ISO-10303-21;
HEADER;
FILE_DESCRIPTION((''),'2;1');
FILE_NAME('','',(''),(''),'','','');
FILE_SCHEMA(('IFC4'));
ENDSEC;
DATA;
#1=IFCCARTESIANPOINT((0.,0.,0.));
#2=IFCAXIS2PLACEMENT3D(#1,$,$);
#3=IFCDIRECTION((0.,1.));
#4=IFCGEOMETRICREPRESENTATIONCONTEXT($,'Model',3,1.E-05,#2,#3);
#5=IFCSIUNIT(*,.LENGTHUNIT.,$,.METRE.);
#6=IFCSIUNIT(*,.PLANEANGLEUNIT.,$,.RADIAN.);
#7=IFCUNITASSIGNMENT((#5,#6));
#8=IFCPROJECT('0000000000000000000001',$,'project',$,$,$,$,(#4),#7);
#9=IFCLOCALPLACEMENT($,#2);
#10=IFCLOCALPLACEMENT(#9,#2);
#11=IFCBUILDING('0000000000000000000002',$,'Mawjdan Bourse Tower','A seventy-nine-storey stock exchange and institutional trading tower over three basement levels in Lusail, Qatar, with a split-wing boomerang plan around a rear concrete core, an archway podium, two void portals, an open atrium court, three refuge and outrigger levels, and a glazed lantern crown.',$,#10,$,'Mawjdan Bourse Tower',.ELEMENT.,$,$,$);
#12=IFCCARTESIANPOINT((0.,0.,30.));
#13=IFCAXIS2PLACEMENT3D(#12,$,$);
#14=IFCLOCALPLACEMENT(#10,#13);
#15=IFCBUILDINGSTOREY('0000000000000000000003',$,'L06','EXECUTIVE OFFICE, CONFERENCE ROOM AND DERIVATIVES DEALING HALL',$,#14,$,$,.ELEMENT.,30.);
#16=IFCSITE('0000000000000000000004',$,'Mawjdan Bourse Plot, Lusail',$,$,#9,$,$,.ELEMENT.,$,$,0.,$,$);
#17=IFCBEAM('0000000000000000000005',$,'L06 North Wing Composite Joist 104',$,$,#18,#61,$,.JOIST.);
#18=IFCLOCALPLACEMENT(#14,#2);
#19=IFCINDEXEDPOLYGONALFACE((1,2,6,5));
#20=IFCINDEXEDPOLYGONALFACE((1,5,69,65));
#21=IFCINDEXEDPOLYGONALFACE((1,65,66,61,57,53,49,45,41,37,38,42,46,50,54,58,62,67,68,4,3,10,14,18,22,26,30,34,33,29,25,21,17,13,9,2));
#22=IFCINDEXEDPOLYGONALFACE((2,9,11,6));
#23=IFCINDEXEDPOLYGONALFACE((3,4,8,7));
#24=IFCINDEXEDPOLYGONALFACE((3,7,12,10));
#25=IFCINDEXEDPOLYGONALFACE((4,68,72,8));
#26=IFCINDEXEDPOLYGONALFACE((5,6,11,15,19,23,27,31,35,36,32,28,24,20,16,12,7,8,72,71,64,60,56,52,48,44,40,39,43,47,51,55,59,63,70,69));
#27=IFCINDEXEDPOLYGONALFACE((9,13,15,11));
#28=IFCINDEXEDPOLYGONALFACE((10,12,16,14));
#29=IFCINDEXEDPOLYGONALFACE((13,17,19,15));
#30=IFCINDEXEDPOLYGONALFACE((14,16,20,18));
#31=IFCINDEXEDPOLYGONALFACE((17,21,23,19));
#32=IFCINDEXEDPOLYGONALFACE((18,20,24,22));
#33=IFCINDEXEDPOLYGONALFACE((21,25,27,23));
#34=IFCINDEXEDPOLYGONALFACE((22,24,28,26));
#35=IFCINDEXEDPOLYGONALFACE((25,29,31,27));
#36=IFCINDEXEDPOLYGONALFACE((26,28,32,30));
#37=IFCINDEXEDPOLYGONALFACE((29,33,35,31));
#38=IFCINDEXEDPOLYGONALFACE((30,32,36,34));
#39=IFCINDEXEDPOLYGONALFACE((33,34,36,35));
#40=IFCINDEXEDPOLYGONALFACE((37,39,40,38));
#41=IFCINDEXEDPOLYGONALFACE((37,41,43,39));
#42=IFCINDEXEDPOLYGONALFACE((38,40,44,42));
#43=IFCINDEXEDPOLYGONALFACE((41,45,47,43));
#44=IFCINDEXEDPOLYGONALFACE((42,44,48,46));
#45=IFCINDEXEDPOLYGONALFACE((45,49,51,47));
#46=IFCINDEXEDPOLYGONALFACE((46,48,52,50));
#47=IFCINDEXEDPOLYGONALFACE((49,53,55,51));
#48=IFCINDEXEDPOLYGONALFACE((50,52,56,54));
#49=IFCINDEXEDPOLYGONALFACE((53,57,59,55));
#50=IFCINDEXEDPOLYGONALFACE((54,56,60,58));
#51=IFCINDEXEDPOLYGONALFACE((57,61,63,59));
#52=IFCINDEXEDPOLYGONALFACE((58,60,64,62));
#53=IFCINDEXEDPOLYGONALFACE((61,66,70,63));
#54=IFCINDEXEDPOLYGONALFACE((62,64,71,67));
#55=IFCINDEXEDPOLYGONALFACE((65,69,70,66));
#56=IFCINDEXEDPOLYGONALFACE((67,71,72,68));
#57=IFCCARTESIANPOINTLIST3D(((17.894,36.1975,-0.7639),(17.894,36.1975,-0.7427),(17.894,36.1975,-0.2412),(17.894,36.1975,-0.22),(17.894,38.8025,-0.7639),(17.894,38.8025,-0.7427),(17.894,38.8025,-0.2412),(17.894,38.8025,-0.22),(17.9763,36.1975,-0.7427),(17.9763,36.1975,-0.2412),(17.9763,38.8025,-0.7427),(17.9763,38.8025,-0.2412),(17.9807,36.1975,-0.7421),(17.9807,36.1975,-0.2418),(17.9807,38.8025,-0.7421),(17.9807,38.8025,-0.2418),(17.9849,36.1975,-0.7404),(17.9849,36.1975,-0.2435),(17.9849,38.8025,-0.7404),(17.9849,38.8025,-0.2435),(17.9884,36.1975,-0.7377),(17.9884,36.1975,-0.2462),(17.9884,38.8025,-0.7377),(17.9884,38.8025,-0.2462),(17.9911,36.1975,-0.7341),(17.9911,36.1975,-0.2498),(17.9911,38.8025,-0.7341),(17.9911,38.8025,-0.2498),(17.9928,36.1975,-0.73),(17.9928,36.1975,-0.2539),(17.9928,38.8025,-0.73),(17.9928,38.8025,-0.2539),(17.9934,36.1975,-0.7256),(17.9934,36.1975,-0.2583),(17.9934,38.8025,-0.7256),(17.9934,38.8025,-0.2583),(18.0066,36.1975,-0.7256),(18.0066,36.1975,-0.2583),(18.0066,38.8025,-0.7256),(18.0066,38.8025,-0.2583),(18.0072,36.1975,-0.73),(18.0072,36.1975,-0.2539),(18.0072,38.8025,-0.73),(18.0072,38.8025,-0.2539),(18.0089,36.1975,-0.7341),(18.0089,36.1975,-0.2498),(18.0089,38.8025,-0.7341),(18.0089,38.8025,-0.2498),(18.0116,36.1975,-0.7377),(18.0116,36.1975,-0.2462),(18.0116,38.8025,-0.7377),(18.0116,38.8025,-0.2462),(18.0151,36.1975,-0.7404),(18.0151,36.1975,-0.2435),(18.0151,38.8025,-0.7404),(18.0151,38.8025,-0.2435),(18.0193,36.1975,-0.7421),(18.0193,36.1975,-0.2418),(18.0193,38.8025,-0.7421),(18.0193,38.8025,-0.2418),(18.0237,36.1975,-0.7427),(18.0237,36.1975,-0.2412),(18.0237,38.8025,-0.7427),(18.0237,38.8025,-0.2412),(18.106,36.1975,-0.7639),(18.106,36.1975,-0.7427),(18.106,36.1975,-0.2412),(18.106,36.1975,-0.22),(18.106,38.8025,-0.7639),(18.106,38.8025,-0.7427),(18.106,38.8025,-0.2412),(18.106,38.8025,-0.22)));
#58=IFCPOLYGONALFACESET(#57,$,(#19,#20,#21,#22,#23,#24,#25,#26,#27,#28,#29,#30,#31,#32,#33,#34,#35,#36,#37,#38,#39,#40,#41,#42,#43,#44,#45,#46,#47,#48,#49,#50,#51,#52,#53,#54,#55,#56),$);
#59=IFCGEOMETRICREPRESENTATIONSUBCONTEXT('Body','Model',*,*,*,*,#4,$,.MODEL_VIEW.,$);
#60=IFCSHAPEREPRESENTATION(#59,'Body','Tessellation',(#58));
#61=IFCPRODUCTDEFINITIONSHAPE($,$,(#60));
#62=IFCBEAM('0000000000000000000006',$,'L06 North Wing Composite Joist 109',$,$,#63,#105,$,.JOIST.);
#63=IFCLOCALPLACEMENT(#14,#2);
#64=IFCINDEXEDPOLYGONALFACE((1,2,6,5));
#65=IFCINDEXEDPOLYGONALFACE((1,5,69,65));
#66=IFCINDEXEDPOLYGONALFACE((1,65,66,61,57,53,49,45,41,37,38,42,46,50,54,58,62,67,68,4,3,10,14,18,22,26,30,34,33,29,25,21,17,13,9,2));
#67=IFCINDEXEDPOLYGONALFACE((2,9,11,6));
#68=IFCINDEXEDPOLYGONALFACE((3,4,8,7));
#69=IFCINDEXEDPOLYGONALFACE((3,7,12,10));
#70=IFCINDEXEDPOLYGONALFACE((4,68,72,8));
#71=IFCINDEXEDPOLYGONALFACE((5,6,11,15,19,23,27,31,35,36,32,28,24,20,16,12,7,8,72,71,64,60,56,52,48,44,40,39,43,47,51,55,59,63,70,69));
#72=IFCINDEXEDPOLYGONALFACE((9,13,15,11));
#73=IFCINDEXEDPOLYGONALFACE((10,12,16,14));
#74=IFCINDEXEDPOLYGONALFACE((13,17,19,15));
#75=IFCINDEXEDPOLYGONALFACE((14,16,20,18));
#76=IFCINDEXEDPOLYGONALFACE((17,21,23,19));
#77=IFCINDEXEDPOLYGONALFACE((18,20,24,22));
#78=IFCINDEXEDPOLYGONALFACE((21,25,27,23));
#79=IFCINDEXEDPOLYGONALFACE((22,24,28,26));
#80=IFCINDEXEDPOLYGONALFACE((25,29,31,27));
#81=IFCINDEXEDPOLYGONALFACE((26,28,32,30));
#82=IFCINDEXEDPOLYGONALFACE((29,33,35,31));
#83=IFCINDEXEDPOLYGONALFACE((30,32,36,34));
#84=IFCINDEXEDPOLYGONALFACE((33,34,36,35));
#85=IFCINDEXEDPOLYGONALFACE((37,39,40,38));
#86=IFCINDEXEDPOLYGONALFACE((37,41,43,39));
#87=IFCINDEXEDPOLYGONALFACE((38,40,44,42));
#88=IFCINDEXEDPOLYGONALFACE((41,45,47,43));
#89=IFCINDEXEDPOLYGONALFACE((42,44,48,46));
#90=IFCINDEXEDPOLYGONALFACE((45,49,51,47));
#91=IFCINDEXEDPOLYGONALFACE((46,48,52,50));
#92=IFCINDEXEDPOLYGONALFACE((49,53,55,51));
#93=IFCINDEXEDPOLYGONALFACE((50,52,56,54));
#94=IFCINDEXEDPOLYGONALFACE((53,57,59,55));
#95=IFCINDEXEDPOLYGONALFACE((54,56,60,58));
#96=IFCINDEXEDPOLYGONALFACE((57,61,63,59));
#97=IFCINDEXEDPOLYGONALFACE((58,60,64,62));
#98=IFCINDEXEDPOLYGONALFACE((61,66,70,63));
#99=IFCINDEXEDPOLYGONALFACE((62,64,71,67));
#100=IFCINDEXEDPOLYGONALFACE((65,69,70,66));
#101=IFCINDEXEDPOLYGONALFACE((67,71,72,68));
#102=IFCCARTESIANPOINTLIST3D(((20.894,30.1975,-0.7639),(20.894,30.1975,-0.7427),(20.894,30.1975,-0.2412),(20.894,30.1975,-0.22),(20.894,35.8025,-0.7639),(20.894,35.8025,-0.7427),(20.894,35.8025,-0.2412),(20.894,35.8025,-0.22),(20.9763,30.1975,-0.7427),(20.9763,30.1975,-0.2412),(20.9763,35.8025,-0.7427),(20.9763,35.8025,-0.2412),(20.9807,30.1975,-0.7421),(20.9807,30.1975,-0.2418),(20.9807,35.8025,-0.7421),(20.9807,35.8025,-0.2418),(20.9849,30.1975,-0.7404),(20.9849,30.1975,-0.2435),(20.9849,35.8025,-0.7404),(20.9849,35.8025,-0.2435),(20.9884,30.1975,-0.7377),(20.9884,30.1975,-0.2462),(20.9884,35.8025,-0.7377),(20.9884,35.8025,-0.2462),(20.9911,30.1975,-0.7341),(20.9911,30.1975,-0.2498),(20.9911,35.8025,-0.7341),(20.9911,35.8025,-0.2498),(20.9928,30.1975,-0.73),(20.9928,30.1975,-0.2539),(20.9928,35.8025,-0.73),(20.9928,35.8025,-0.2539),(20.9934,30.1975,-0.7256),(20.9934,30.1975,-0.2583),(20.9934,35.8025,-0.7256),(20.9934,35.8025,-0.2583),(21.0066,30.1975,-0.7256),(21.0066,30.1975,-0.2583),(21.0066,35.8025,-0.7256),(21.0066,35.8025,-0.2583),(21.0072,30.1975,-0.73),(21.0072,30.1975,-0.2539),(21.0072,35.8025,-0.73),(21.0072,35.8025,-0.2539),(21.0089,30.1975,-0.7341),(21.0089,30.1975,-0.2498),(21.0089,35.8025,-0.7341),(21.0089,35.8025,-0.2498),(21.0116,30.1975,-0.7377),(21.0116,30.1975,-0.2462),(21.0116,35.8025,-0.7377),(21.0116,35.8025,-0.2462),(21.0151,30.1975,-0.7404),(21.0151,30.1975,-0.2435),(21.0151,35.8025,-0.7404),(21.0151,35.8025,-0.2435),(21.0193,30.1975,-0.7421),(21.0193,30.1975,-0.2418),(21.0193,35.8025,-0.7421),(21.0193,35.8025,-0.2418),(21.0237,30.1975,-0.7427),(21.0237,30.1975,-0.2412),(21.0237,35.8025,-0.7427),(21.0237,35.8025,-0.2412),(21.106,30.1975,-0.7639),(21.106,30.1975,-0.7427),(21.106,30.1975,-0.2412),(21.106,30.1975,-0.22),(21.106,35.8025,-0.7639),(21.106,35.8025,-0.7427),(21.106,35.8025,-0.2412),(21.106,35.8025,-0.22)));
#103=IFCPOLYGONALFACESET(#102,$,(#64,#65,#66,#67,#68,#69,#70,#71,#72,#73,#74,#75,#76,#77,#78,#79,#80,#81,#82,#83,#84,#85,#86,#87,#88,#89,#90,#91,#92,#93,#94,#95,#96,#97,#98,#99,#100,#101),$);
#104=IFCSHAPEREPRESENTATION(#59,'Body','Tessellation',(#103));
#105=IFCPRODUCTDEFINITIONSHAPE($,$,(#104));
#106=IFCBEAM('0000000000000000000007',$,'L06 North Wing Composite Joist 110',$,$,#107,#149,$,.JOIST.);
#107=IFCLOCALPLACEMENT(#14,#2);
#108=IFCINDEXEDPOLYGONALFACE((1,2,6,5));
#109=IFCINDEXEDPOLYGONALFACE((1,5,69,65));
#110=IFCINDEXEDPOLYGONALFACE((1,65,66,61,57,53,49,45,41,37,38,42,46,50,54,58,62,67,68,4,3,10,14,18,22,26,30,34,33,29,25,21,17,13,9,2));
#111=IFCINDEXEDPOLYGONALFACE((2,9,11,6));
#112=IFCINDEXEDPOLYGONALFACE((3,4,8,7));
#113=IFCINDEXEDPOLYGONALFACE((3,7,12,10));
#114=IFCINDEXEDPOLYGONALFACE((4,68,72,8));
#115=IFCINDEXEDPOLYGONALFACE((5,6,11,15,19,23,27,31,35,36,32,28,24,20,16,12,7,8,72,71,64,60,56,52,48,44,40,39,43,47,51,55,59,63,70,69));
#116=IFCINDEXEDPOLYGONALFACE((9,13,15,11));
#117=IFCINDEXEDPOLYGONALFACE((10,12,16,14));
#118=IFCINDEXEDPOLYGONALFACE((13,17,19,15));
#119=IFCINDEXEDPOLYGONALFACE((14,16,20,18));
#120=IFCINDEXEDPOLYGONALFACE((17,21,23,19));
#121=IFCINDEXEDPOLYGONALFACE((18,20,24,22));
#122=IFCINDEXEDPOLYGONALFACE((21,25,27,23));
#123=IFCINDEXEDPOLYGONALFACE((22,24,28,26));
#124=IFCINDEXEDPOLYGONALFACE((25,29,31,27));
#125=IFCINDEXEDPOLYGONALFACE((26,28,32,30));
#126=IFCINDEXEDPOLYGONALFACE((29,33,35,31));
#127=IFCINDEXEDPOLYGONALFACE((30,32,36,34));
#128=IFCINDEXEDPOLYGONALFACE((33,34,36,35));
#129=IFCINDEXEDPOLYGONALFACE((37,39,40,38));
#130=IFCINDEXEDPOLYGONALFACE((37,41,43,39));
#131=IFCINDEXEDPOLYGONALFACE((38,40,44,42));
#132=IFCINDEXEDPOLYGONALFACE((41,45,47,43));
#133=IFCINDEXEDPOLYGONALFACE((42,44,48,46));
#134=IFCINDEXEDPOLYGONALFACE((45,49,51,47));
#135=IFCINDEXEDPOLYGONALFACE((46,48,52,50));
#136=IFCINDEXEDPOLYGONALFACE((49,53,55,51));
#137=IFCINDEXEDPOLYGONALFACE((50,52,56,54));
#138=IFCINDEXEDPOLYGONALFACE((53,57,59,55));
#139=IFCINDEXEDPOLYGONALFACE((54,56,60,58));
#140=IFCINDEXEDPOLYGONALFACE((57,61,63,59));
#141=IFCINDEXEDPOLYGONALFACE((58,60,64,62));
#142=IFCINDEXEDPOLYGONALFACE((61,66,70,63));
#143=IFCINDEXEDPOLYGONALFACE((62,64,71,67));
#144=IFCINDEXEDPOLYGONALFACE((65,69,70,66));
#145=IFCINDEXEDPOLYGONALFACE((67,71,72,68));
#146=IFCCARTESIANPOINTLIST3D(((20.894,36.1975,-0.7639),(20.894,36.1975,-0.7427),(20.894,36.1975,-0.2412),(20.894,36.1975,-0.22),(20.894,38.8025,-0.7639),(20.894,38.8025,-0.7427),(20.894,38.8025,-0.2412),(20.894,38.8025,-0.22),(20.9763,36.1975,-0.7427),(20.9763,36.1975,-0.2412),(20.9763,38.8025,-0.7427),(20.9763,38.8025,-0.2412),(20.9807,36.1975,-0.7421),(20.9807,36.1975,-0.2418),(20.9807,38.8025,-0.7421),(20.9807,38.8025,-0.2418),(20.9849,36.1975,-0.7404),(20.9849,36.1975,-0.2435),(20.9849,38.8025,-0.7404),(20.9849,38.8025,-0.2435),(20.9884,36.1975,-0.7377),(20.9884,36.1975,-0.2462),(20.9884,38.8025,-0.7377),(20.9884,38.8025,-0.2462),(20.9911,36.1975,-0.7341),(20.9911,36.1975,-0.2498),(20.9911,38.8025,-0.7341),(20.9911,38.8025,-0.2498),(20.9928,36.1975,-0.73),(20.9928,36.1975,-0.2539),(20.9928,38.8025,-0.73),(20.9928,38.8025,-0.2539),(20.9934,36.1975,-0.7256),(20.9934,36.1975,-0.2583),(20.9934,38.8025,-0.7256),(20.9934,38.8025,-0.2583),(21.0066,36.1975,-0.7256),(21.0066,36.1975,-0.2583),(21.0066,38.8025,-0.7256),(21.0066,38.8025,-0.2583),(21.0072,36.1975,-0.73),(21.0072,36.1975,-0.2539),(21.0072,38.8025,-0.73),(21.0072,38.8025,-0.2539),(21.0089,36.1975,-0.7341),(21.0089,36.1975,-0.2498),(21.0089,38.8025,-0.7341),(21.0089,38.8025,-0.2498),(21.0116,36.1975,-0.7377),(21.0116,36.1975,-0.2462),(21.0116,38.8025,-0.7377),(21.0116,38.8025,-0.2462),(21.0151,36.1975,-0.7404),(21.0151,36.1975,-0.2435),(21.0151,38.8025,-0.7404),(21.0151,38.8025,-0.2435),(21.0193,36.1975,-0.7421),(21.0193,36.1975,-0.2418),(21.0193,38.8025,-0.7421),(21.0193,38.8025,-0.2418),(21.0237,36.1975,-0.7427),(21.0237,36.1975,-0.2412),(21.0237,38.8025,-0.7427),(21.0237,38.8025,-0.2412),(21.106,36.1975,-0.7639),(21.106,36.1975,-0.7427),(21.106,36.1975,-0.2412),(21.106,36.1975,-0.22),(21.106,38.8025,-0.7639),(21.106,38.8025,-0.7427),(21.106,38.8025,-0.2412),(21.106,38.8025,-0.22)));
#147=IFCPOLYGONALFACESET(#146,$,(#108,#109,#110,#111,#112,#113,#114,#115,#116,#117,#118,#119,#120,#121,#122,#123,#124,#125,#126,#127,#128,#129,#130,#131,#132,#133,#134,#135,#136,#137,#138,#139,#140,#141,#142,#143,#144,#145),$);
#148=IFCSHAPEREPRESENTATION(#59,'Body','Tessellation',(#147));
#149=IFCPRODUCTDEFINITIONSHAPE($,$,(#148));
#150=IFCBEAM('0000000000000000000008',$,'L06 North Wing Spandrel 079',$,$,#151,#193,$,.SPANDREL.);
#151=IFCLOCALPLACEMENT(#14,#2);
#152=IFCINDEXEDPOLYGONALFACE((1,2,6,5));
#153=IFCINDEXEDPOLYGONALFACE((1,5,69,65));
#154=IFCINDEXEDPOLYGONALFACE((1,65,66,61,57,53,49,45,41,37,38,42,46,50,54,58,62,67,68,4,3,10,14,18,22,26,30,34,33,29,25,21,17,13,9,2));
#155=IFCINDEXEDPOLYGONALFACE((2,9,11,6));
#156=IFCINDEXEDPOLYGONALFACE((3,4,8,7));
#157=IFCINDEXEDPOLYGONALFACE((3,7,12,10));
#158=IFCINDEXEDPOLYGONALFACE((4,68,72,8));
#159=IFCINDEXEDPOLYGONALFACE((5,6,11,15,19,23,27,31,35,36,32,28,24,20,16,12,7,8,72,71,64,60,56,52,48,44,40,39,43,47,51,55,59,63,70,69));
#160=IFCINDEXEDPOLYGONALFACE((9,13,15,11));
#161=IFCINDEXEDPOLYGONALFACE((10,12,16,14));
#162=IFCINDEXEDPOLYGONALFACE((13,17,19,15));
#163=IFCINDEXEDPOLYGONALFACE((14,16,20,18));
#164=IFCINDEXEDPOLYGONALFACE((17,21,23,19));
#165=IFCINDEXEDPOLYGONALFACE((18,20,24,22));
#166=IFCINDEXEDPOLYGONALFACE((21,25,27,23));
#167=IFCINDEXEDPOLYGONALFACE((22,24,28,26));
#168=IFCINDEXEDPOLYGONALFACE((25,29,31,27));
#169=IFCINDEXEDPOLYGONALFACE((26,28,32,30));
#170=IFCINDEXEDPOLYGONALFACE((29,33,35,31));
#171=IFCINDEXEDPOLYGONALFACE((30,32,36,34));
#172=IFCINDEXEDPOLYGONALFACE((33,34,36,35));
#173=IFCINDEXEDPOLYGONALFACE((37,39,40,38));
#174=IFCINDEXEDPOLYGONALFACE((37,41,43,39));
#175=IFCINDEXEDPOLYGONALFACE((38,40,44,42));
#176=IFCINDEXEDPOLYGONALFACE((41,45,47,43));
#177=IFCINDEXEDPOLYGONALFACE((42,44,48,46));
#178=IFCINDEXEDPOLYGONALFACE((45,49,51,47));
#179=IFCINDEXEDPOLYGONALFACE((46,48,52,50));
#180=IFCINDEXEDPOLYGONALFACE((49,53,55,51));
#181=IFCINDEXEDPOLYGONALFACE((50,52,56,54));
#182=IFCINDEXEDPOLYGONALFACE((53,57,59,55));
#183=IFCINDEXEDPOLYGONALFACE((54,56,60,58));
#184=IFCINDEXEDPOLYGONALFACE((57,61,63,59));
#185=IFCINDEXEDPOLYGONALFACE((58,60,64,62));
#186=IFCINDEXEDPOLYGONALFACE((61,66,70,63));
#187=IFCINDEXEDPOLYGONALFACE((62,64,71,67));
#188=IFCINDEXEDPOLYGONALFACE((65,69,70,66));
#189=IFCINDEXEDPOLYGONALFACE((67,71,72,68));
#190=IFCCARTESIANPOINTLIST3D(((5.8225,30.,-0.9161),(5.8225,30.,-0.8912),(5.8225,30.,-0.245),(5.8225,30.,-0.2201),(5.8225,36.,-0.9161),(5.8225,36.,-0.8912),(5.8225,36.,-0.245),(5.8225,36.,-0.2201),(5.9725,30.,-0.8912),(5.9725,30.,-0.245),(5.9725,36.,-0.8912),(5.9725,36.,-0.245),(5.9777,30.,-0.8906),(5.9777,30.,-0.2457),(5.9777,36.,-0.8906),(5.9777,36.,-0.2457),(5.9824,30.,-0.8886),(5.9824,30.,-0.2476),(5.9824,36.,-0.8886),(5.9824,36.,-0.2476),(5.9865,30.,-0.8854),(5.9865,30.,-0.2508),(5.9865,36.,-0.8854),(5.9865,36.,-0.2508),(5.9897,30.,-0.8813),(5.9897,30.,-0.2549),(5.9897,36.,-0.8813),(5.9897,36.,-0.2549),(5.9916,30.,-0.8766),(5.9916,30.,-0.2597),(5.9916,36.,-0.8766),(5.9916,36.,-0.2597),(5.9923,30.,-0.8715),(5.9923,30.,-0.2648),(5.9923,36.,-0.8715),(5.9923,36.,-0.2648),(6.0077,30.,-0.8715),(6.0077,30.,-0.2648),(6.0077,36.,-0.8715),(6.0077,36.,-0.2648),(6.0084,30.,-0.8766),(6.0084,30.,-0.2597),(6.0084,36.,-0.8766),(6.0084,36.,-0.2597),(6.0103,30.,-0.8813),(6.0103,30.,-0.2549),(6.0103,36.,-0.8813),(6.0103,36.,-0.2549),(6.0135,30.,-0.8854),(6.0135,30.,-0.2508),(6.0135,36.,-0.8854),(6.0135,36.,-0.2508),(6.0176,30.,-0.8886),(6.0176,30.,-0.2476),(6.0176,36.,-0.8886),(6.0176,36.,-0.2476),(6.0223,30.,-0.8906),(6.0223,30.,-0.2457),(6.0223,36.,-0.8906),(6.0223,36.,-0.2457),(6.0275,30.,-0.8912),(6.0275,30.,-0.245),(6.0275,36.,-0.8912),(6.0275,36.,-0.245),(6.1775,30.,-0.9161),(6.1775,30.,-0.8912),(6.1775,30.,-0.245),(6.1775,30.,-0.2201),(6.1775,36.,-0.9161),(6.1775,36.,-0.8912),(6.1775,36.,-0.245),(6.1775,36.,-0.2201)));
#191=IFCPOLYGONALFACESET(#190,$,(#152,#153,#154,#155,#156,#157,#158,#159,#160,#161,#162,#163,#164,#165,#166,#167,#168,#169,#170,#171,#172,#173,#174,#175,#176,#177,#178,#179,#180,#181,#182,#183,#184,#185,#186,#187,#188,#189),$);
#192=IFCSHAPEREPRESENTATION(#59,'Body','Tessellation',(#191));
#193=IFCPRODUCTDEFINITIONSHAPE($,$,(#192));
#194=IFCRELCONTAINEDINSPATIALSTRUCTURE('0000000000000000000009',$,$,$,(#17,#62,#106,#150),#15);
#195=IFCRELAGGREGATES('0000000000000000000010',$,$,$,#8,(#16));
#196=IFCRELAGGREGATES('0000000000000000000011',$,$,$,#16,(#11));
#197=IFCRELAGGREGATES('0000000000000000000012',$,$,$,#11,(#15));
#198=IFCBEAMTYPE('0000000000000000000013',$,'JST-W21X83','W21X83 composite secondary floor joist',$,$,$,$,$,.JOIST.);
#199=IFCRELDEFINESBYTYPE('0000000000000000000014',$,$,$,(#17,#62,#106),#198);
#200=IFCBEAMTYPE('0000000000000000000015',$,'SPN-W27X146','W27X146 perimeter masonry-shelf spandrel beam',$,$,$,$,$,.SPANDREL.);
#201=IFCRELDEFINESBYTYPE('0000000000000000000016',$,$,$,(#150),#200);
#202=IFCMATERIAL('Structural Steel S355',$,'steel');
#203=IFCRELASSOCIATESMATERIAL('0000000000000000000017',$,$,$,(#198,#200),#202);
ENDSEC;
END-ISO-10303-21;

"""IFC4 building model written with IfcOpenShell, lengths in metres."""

from ifc_helpers import new_model, si_unit, direction, frame, origin, origin_2d, place, context, subcontext, project, spatial, i_section, extrude, material, material_profile, profile_set, type_object, element, save


model = new_model("IFC4")

# Units and contexts
model_context = context("Model", 3, precision=1e-05, world=origin(), true_north=direction((0.0, 1.0)))
body_context = subcontext(model_context, "Body", "Model", "MODEL_VIEW")
ifc_project = project(units=[si_unit("LENGTHUNIT", "METRE"), si_unit("PLANEANGLEUNIT", "RADIAN")], contexts=[model_context])

# Site, building, storey
site_placement = place(None, origin())
site = spatial("IfcSite", under=ifc_project, at=site_placement, Name="Mawjdan Bourse Plot, Lusail", CompositionType="ELEMENT", RefElevation=0.0)
building_placement = place(site_placement, origin())
building = spatial("IfcBuilding", under=site, at=building_placement, Name="Mawjdan Bourse Tower", Description="A seventy-nine-storey stock exchange and institutional trading tower over three basement levels in Lusail, Qatar, with a split-wing boomerang plan around a rear concrete core, an archway podium, two void portals, an open atrium court, three refuge and outrigger levels, and a glazed lantern crown.", LongName="Mawjdan Bourse Tower", CompositionType="ELEMENT")
storey_placement = place(building_placement, frame((0.0, 0.0, 30.0)))
storey = spatial("IfcBuildingStorey", under=building, at=storey_placement, Name="L06", Description="EXECUTIVE OFFICE, CONFERENCE ROOM AND DERIVATIVES DEALING HALL", CompositionType="ELEMENT", Elevation=30.0)

# Beams
ifc_material_1 = material(Name="Structural Steel S355", Category="steel")
ifc_material_profile_1 = material_profile(ifc_material_1, i_section(OverallWidth=0.2119, OverallDepth=0.5439, WebThickness=0.0132, FlangeThickness=0.0212, FilletRadius=0.0171, at=origin_2d()), Name="W21X83")
ifc_profile_set_1 = profile_set([ifc_material_profile_1], Name="Structural Steel S355")
beam_type_1 = type_object("IfcBeamType", Name="JST-W21X83", Description="W21X83 composite secondary floor joist", PredefinedType="JOIST", material=ifc_profile_set_1)
beam_1_placement = place(storey_placement, frame((18.0, 36.1975, -0.4919), z_axis=(0.0, 1.0, 0.0), x_axis=(-1.0, 0.0, 0.0)))
element("IfcBeam", 1, at=beam_1_placement, inside=storey, type_object=beam_type_1, Name="L06 North Wing Composite Joist 104", PredefinedType="JOIST", context=body_context, shape_type="SweptSolid", body=[
    extrude(i_section(OverallWidth=0.2119, OverallDepth=0.5439, WebThickness=0.0132, FlangeThickness=0.0212, FilletRadius=0.0171, at=origin_2d()), origin(), (0.0, 0.0, 1.0), 2.605),
])
beam_2_placement = place(storey_placement, frame((21.0, 30.1975, -0.4919), z_axis=(0.0, 1.0, 0.0), x_axis=(-1.0, 0.0, 0.0)))
element("IfcBeam", 2, at=beam_2_placement, inside=storey, type_object=beam_type_1, Name="L06 North Wing Composite Joist 109", PredefinedType="JOIST", context=body_context, shape_type="SweptSolid", body=[
    extrude(i_section(OverallWidth=0.2119, OverallDepth=0.5439, WebThickness=0.0132, FlangeThickness=0.0212, FilletRadius=0.0171, at=origin_2d()), origin(), (0.0, 0.0, 1.0), 5.605),
])
beam_3_placement = place(storey_placement, frame((21.0, 36.1975, -0.4919), z_axis=(0.0, 1.0, 0.0), x_axis=(-1.0, 0.0, 0.0)))
element("IfcBeam", 3, at=beam_3_placement, inside=storey, type_object=beam_type_1, Name="L06 North Wing Composite Joist 110", PredefinedType="JOIST", context=body_context, shape_type="SweptSolid", body=[
    extrude(i_section(OverallWidth=0.2119, OverallDepth=0.5439, WebThickness=0.0132, FlangeThickness=0.0212, FilletRadius=0.0171, at=origin_2d()), origin(), (0.0, 0.0, 1.0), 2.605),
])
ifc_material_profile_2 = material_profile(ifc_material_1, i_section(OverallWidth=0.355, OverallDepth=0.696, WebThickness=0.0154, FlangeThickness=0.0249, FilletRadius=0.0198, at=origin_2d()), Name="W27X146")
ifc_profile_set_2 = profile_set([ifc_material_profile_2], Name="Structural Steel S355")
beam_type_2 = type_object("IfcBeamType", Name="SPN-W27X146", Description="W27X146 perimeter masonry-shelf spandrel beam", PredefinedType="SPANDREL", material=ifc_profile_set_2)
beam_4_placement = place(storey_placement, frame((6.0, 30.0, -0.5681), z_axis=(0.0, 1.0, 0.0), x_axis=(-1.0, 0.0, 0.0)))
element("IfcBeam", 4, at=beam_4_placement, inside=storey, type_object=beam_type_2, Name="L06 North Wing Spandrel 079", PredefinedType="SPANDREL", context=body_context, shape_type="SweptSolid", body=[
    extrude(i_section(OverallWidth=0.355, OverallDepth=0.696, WebThickness=0.0154, FlangeThickness=0.0249, FilletRadius=0.0198, at=origin_2d()), origin(), (0.0, 0.0, 1.0), 6.0),
])

save(model, "model.ifc")
